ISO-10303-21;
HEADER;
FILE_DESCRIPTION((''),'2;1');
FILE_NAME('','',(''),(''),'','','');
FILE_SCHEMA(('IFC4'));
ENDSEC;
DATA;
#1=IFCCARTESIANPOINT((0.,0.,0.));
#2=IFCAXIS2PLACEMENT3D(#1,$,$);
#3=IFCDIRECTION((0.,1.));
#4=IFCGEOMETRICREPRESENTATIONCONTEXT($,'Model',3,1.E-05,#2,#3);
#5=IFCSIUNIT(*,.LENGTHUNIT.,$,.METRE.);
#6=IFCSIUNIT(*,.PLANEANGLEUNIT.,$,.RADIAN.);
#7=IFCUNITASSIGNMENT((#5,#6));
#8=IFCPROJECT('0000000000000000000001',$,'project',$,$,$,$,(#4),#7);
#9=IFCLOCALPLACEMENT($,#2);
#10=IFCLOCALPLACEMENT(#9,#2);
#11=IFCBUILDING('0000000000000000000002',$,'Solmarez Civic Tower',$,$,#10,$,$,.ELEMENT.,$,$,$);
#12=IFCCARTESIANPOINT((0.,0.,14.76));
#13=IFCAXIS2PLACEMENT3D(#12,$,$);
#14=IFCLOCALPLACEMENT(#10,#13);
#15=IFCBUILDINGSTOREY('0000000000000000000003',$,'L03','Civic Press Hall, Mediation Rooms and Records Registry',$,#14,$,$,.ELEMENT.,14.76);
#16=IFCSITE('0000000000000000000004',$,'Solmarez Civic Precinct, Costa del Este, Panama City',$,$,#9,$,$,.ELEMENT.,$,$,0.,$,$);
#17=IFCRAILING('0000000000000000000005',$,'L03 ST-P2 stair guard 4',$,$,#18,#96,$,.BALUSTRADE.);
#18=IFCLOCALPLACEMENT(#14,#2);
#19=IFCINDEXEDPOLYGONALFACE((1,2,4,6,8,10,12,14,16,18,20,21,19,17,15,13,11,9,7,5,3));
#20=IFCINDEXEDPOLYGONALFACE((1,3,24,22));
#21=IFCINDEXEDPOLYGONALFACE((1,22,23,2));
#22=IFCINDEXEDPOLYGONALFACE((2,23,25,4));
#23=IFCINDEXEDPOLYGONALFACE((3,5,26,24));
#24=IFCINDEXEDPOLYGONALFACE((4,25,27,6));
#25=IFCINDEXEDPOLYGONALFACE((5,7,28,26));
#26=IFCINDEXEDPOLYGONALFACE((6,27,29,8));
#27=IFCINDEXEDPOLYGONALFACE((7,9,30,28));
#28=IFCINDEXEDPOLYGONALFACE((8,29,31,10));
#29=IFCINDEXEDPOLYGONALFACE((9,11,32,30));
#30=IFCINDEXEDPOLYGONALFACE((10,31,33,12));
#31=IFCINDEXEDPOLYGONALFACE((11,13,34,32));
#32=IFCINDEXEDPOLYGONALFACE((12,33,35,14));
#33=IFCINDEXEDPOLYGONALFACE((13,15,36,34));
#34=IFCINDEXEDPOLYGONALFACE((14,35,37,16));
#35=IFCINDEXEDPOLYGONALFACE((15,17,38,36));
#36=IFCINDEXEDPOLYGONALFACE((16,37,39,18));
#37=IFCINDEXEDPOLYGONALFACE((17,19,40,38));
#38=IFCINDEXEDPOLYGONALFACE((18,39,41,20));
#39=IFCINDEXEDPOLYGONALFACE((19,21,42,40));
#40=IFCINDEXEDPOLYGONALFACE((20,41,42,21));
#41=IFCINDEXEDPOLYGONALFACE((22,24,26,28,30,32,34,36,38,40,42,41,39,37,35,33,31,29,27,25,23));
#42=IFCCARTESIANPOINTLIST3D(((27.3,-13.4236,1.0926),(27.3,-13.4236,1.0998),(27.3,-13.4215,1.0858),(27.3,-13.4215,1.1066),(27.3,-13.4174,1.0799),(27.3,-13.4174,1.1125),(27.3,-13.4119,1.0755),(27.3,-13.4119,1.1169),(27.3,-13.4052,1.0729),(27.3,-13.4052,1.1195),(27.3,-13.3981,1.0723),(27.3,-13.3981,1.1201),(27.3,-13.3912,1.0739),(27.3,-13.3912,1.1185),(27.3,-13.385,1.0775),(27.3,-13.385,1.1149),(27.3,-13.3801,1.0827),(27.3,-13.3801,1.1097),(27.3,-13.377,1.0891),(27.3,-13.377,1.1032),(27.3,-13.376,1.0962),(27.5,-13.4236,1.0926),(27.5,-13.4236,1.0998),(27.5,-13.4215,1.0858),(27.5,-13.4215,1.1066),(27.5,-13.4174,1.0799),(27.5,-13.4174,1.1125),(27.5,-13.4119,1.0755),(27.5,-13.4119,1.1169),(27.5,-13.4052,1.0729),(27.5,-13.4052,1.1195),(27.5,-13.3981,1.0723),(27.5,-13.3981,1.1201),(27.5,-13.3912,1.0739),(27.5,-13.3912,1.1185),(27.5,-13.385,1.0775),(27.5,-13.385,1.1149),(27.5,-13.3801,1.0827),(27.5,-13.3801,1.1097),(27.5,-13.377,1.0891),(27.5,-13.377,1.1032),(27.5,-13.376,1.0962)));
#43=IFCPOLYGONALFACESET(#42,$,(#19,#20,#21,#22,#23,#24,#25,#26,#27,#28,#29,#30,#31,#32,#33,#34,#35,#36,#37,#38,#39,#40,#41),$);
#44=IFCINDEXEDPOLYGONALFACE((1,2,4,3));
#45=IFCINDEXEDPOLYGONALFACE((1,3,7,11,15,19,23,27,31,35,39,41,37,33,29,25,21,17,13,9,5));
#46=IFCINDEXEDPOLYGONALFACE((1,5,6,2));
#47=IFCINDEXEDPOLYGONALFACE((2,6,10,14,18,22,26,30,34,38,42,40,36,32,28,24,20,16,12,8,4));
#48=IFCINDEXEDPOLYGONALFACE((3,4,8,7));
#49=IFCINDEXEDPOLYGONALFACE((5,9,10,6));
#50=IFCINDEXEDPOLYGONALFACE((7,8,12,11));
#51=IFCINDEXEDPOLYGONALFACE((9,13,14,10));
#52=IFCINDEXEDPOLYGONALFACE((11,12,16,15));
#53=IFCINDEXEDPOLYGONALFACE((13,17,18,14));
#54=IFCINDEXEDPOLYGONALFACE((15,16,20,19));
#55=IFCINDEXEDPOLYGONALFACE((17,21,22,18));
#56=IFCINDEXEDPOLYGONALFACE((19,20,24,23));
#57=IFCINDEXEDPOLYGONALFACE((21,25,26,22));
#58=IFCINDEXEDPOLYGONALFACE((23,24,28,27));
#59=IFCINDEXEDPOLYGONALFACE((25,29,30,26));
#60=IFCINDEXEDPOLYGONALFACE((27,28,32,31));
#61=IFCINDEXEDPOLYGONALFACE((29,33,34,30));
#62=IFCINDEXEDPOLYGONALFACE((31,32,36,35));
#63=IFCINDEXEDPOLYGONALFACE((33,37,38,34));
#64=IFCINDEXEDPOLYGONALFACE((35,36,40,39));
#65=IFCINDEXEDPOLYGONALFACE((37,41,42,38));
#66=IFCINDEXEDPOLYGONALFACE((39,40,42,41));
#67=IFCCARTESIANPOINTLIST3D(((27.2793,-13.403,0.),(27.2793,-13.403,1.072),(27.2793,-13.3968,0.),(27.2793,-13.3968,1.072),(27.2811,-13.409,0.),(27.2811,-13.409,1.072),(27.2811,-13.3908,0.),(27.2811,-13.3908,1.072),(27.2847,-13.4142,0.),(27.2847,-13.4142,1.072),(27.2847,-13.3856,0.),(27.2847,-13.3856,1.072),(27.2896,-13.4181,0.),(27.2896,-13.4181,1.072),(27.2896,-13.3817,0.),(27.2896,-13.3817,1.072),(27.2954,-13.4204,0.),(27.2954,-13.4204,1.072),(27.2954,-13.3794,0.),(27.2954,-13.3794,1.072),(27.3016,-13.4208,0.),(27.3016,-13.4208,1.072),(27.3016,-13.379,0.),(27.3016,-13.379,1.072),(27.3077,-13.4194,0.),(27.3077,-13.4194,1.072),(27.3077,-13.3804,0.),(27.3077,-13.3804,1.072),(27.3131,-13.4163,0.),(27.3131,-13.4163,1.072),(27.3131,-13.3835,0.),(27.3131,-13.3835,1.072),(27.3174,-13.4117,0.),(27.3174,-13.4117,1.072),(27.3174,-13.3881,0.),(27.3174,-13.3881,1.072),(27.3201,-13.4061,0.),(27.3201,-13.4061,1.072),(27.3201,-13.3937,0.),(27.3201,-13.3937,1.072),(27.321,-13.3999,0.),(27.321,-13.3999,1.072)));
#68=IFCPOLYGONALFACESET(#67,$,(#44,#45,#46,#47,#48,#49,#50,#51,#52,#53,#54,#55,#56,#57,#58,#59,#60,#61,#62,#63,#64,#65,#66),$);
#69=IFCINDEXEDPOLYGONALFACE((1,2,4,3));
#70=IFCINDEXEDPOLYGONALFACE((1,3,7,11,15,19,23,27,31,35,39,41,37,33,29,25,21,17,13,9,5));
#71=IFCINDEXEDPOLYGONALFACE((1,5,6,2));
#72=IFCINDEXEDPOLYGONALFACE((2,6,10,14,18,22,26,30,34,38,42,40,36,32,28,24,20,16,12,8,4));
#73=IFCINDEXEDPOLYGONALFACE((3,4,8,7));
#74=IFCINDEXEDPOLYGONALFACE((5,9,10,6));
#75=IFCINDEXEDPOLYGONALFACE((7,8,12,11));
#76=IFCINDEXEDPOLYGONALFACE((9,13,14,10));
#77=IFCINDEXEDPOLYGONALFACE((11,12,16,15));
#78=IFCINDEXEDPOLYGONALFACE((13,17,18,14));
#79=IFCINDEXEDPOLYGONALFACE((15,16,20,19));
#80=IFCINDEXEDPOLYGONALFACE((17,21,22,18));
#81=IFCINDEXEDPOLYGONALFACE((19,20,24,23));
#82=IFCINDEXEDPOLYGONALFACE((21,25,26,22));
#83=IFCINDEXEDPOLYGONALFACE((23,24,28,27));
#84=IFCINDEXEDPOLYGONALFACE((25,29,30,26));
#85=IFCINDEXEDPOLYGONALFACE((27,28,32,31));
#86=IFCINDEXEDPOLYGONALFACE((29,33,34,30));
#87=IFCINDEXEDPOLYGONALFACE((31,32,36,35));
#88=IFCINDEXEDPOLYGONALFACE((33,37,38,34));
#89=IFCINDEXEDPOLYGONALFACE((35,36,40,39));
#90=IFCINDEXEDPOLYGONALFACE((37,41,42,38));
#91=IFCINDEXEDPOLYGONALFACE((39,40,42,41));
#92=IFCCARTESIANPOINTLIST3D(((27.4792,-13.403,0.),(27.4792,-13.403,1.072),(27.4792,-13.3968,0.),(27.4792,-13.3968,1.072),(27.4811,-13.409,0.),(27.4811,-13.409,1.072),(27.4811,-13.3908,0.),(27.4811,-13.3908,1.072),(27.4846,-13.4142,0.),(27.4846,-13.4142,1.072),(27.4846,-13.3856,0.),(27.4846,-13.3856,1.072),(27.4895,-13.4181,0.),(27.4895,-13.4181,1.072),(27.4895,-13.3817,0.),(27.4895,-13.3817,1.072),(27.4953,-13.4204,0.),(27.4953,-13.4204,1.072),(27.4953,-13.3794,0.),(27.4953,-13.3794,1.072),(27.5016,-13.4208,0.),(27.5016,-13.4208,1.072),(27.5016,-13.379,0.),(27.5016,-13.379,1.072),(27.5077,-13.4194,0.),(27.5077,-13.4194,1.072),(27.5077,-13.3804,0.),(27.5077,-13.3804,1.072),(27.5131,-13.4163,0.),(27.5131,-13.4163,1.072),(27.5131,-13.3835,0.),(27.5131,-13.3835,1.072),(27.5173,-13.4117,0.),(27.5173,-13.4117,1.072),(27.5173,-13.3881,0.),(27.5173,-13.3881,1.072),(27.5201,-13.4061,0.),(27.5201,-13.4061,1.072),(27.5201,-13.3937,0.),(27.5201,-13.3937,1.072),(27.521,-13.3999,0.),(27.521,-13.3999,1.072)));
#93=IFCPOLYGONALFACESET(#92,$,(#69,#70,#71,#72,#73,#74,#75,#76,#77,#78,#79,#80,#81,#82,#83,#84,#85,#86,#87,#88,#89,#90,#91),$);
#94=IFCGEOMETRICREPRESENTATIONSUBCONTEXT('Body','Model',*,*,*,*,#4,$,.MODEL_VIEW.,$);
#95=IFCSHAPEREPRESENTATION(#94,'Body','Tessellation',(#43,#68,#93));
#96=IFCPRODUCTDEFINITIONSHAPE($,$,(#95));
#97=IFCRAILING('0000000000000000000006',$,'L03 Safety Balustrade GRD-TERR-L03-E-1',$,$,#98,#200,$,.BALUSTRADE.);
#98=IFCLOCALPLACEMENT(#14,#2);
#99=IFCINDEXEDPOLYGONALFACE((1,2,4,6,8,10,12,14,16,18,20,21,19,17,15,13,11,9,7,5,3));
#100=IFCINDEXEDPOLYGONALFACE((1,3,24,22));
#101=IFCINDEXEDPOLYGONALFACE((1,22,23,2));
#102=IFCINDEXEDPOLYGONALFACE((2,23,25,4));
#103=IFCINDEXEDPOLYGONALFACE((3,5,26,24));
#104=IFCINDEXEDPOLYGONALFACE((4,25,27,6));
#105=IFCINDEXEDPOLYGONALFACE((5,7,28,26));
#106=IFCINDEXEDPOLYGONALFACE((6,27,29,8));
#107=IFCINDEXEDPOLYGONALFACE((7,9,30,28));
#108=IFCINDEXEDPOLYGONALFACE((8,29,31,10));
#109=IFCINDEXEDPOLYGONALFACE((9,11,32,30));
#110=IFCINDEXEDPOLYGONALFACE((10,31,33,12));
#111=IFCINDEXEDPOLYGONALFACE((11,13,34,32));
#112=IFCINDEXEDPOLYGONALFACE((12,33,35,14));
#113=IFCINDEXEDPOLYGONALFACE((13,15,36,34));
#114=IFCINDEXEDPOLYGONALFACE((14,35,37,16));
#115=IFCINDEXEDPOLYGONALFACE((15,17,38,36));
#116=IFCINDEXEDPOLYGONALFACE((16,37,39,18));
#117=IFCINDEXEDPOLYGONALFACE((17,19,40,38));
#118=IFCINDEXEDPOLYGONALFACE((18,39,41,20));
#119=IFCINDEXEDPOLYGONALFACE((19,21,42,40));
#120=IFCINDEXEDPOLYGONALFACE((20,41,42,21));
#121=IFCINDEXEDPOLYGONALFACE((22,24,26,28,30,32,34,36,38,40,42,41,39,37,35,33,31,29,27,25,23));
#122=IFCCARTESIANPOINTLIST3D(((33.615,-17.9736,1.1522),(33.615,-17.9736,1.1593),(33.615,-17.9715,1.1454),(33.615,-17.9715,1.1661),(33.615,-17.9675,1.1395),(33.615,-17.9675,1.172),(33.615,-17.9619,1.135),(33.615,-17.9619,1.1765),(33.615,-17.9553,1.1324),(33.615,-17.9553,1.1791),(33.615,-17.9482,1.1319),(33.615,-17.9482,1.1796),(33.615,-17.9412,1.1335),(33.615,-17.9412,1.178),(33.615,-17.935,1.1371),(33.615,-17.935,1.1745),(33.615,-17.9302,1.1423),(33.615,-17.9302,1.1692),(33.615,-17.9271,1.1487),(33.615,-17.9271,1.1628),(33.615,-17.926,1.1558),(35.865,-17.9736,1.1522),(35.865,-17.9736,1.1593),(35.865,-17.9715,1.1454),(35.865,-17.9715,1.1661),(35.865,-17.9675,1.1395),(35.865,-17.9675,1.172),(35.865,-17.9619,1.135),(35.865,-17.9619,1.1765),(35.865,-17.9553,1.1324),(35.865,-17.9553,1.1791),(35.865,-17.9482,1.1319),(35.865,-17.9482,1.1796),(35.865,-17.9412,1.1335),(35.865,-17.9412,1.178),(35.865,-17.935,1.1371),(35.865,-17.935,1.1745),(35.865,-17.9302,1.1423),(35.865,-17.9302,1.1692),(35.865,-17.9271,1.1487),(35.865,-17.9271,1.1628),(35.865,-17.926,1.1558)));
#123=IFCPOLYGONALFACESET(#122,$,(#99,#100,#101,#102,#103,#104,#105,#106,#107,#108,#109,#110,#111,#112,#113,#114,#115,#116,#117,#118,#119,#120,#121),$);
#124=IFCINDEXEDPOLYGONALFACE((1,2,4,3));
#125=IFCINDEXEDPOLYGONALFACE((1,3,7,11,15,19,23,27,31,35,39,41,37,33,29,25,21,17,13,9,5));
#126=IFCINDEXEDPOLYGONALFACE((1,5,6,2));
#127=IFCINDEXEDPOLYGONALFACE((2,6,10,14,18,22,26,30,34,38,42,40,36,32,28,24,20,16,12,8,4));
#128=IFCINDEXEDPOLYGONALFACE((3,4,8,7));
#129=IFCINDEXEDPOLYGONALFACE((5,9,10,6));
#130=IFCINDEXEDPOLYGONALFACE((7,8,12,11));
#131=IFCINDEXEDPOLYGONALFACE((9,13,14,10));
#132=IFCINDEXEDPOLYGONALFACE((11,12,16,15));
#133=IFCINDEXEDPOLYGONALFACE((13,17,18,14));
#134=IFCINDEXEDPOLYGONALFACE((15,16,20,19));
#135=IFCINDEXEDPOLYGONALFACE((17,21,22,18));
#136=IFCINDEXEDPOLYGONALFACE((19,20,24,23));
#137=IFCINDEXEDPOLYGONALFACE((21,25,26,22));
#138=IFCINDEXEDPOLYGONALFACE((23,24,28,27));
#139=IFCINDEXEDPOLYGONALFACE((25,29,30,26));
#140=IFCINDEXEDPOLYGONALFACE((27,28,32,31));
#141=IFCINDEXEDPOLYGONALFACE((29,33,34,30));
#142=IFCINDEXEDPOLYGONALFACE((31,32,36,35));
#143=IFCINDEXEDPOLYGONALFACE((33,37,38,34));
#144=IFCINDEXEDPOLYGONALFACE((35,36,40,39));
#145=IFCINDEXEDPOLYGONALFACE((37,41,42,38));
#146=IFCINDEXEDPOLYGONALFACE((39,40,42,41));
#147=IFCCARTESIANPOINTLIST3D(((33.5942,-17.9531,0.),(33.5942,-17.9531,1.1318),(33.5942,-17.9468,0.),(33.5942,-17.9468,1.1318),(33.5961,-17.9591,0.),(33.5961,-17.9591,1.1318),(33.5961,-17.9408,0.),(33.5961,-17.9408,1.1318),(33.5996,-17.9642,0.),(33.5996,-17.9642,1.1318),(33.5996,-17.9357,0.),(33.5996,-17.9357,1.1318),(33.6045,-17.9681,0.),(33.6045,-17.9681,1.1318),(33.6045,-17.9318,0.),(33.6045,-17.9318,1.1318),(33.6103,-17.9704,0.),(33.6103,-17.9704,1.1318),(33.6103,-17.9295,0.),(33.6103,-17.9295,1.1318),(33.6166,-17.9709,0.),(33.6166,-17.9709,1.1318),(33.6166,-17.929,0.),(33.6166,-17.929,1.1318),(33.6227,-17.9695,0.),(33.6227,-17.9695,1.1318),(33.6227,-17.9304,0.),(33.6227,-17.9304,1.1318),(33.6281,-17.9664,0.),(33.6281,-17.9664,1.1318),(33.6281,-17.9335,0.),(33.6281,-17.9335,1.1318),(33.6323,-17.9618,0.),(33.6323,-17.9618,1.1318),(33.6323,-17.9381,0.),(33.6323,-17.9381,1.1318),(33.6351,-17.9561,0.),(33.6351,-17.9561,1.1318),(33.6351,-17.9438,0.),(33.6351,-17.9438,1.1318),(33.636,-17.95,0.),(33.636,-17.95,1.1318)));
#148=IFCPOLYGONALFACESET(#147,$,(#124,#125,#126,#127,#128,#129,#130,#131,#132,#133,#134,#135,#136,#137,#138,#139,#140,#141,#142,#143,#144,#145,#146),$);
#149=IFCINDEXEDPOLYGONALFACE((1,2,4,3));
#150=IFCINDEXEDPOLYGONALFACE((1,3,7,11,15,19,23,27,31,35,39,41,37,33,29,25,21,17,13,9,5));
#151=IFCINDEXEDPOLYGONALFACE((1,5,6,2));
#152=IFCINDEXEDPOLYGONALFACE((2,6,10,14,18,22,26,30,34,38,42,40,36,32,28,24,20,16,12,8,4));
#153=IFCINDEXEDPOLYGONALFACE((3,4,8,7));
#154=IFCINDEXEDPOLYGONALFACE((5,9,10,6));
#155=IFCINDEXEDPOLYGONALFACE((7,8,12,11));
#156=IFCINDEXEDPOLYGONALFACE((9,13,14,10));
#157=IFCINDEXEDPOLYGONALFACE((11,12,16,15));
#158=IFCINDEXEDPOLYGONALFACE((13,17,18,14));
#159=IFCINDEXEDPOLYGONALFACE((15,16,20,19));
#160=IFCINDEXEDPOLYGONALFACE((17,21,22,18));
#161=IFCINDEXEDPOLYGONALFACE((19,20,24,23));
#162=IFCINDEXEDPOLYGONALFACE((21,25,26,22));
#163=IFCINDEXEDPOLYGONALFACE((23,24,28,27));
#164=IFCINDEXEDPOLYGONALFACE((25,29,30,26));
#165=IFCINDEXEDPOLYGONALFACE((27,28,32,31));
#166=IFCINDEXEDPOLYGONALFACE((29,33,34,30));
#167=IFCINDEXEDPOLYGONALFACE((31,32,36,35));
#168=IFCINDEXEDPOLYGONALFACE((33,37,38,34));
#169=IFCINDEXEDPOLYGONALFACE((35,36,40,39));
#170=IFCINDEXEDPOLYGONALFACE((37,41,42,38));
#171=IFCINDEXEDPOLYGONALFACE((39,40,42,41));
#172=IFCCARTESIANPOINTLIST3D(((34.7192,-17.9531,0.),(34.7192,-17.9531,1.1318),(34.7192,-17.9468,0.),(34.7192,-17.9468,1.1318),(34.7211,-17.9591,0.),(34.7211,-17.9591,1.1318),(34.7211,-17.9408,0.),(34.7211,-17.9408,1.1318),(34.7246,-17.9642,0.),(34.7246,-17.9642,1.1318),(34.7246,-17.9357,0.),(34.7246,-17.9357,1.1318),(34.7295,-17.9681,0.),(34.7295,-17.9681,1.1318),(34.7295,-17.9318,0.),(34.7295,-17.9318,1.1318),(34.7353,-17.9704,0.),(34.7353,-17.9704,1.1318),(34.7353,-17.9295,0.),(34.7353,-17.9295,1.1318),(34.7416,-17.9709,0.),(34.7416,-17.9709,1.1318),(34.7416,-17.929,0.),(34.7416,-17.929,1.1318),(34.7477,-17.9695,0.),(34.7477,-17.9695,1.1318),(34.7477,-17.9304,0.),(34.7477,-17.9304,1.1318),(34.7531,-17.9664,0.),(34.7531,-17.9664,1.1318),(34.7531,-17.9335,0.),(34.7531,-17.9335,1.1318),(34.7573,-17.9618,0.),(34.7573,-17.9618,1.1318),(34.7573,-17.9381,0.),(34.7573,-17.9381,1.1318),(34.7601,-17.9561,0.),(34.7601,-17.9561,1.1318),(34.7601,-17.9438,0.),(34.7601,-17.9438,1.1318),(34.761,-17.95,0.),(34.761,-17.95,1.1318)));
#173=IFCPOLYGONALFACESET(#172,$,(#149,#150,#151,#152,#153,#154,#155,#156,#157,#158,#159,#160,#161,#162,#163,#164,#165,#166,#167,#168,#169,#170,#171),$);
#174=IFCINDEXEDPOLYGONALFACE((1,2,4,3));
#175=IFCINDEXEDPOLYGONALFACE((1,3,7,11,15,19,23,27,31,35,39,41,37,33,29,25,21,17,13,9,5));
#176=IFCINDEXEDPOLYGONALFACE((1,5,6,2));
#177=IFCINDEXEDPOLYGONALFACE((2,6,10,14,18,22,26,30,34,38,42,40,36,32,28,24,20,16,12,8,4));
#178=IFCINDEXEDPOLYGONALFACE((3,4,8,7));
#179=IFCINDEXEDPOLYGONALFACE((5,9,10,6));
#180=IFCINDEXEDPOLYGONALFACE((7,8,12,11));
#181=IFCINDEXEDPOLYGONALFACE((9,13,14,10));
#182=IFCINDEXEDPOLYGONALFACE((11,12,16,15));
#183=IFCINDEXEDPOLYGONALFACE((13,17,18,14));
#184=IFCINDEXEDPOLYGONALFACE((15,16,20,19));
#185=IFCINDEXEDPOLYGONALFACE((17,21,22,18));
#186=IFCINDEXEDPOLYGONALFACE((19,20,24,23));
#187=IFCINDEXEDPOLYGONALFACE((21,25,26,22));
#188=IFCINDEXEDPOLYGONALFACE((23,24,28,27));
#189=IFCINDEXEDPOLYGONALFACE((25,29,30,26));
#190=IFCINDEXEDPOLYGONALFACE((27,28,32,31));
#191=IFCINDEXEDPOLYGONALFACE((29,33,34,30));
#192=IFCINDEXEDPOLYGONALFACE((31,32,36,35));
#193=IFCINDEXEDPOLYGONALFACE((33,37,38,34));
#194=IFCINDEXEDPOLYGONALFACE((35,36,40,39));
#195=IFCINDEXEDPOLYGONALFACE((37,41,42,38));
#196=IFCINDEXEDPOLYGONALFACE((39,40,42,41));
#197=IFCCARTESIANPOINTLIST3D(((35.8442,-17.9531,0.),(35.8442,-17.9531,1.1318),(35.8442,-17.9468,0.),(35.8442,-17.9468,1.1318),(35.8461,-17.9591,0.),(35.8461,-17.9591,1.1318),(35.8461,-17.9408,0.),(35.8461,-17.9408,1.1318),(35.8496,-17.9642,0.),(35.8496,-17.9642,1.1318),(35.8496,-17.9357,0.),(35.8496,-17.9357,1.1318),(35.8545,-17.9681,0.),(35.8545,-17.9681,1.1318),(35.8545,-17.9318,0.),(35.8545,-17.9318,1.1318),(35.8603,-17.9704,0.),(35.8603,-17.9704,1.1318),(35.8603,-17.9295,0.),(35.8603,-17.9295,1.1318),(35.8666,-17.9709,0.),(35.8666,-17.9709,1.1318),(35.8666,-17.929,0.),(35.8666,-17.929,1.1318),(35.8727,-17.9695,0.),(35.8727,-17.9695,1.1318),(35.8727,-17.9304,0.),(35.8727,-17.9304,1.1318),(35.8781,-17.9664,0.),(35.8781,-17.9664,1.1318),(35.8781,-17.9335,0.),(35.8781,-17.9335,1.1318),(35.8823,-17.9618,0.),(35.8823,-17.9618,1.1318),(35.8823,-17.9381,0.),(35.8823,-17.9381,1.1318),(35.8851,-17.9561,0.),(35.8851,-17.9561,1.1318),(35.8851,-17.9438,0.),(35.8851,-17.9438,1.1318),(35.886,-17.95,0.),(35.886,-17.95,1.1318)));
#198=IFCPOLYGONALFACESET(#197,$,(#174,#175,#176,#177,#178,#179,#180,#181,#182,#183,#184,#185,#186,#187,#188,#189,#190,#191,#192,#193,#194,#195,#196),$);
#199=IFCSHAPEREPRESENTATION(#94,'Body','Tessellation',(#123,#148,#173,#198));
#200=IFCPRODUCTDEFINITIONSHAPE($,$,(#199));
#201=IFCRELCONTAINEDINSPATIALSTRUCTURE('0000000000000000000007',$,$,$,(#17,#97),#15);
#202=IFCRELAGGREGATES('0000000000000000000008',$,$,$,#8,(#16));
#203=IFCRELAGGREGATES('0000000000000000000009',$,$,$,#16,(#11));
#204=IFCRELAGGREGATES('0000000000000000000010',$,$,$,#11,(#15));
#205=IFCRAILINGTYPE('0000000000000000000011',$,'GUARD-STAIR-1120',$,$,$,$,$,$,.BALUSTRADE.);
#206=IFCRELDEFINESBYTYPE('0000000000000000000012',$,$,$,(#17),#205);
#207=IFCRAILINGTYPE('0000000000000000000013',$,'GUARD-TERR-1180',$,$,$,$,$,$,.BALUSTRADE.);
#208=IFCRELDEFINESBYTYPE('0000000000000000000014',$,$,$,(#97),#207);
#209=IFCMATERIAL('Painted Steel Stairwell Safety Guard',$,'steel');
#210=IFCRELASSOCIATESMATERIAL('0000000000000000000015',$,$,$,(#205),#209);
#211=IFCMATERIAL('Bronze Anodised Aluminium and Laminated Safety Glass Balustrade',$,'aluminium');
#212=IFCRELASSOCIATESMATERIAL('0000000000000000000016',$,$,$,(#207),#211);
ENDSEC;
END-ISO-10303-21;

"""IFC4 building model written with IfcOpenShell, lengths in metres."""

from ifc_helpers import new_model, si_unit, direction, frame, origin, origin_2d, place, context, subcontext, project, spatial, circle, extrude, material, type_object, element, save


model = new_model("IFC4")

# Units and contexts
model_context = context("Model", 3, precision=1e-05, world=origin(), true_north=direction((0.0, 1.0)))
body_context = subcontext(model_context, "Body", "Model", "MODEL_VIEW")
ifc_project = project(units=[si_unit("LENGTHUNIT", "METRE"), si_unit("PLANEANGLEUNIT", "RADIAN")], contexts=[model_context])

# Site, building, storey
site_placement = place(None, origin())
site = spatial("IfcSite", under=ifc_project, at=site_placement, Name="Solmarez Civic Precinct, Costa del Este, Panama City", CompositionType="ELEMENT", RefElevation=0.0)
building_placement = place(site_placement, origin())
building = spatial("IfcBuilding", under=site, at=building_placement, Name="Solmarez Civic Tower", CompositionType="ELEMENT")
storey_placement = place(building_placement, frame((0.0, 0.0, 14.76)))
storey = spatial("IfcBuildingStorey", under=building, at=storey_placement, Name="L03", Description="Civic Press Hall, Mediation Rooms and Records Registry", CompositionType="ELEMENT", Elevation=14.76)

# Railings
ifc_material_1 = material(Name="Painted Steel Stairwell Safety Guard", Category="steel")
railing_type_1 = type_object("IfcRailingType", Name="GUARD-STAIR-1120", PredefinedType="BALUSTRADE", material=ifc_material_1)
railing_1_placement = place(storey_placement, frame((27.3, -13.3999, 0.0)))
element("IfcRailing", 1, at=railing_1_placement, inside=storey, type_object=railing_type_1, Name="L03 ST-P2 stair guard 4", PredefinedType="BALUSTRADE", context=body_context, shape_type="SweptSolid", body=[
    extrude(circle(Radius=0.0239, at=origin_2d()), frame((0.0, 0.0, 1.0962), z_axis=(1.0, 0.0, 0.0), x_axis=(0.0, 1.0, 0.0)), (0.0, 0.0, 1.0), 0.2),
    extrude(circle(Radius=0.021, at=origin_2d()), origin(), (0.0, 0.0, 1.0), 1.072),
    extrude(circle(Radius=0.021, at=origin_2d()), frame((0.2, 0.0, 0.0)), (0.0, 0.0, 1.0), 1.072),
])
ifc_material_2 = material(Name="Bronze Anodised Aluminium and Laminated Safety Glass Balustrade", Category="aluminium")
railing_type_2 = type_object("IfcRailingType", Name="GUARD-TERR-1180", PredefinedType="BALUSTRADE", material=ifc_material_2)
railing_2_placement = place(storey_placement, frame((33.615, -17.95, 0.0)))
element("IfcRailing", 2, at=railing_2_placement, inside=storey, type_object=railing_type_2, Name="L03 Safety Balustrade GRD-TERR-L03-E-1", PredefinedType="BALUSTRADE", context=body_context, shape_type="SweptSolid", body=[
    extrude(circle(Radius=0.0239, at=origin_2d()), frame((0.0, 0.0, 1.1558), z_axis=(1.0, 0.0, 0.0), x_axis=(0.0, 1.0, 0.0)), (0.0, 0.0, 1.0), 2.25),
    extrude(circle(Radius=0.021, at=origin_2d()), origin(), (0.0, 0.0, 1.0), 1.1318),
    extrude(circle(Radius=0.021, at=origin_2d()), frame((1.125, 0.0, 0.0)), (0.0, 0.0, 1.0), 1.1318),
    extrude(circle(Radius=0.021, at=origin_2d()), frame((2.25, 0.0, 0.0)), (0.0, 0.0, 1.0), 1.1318),
])

save(model, "model.ifc")
